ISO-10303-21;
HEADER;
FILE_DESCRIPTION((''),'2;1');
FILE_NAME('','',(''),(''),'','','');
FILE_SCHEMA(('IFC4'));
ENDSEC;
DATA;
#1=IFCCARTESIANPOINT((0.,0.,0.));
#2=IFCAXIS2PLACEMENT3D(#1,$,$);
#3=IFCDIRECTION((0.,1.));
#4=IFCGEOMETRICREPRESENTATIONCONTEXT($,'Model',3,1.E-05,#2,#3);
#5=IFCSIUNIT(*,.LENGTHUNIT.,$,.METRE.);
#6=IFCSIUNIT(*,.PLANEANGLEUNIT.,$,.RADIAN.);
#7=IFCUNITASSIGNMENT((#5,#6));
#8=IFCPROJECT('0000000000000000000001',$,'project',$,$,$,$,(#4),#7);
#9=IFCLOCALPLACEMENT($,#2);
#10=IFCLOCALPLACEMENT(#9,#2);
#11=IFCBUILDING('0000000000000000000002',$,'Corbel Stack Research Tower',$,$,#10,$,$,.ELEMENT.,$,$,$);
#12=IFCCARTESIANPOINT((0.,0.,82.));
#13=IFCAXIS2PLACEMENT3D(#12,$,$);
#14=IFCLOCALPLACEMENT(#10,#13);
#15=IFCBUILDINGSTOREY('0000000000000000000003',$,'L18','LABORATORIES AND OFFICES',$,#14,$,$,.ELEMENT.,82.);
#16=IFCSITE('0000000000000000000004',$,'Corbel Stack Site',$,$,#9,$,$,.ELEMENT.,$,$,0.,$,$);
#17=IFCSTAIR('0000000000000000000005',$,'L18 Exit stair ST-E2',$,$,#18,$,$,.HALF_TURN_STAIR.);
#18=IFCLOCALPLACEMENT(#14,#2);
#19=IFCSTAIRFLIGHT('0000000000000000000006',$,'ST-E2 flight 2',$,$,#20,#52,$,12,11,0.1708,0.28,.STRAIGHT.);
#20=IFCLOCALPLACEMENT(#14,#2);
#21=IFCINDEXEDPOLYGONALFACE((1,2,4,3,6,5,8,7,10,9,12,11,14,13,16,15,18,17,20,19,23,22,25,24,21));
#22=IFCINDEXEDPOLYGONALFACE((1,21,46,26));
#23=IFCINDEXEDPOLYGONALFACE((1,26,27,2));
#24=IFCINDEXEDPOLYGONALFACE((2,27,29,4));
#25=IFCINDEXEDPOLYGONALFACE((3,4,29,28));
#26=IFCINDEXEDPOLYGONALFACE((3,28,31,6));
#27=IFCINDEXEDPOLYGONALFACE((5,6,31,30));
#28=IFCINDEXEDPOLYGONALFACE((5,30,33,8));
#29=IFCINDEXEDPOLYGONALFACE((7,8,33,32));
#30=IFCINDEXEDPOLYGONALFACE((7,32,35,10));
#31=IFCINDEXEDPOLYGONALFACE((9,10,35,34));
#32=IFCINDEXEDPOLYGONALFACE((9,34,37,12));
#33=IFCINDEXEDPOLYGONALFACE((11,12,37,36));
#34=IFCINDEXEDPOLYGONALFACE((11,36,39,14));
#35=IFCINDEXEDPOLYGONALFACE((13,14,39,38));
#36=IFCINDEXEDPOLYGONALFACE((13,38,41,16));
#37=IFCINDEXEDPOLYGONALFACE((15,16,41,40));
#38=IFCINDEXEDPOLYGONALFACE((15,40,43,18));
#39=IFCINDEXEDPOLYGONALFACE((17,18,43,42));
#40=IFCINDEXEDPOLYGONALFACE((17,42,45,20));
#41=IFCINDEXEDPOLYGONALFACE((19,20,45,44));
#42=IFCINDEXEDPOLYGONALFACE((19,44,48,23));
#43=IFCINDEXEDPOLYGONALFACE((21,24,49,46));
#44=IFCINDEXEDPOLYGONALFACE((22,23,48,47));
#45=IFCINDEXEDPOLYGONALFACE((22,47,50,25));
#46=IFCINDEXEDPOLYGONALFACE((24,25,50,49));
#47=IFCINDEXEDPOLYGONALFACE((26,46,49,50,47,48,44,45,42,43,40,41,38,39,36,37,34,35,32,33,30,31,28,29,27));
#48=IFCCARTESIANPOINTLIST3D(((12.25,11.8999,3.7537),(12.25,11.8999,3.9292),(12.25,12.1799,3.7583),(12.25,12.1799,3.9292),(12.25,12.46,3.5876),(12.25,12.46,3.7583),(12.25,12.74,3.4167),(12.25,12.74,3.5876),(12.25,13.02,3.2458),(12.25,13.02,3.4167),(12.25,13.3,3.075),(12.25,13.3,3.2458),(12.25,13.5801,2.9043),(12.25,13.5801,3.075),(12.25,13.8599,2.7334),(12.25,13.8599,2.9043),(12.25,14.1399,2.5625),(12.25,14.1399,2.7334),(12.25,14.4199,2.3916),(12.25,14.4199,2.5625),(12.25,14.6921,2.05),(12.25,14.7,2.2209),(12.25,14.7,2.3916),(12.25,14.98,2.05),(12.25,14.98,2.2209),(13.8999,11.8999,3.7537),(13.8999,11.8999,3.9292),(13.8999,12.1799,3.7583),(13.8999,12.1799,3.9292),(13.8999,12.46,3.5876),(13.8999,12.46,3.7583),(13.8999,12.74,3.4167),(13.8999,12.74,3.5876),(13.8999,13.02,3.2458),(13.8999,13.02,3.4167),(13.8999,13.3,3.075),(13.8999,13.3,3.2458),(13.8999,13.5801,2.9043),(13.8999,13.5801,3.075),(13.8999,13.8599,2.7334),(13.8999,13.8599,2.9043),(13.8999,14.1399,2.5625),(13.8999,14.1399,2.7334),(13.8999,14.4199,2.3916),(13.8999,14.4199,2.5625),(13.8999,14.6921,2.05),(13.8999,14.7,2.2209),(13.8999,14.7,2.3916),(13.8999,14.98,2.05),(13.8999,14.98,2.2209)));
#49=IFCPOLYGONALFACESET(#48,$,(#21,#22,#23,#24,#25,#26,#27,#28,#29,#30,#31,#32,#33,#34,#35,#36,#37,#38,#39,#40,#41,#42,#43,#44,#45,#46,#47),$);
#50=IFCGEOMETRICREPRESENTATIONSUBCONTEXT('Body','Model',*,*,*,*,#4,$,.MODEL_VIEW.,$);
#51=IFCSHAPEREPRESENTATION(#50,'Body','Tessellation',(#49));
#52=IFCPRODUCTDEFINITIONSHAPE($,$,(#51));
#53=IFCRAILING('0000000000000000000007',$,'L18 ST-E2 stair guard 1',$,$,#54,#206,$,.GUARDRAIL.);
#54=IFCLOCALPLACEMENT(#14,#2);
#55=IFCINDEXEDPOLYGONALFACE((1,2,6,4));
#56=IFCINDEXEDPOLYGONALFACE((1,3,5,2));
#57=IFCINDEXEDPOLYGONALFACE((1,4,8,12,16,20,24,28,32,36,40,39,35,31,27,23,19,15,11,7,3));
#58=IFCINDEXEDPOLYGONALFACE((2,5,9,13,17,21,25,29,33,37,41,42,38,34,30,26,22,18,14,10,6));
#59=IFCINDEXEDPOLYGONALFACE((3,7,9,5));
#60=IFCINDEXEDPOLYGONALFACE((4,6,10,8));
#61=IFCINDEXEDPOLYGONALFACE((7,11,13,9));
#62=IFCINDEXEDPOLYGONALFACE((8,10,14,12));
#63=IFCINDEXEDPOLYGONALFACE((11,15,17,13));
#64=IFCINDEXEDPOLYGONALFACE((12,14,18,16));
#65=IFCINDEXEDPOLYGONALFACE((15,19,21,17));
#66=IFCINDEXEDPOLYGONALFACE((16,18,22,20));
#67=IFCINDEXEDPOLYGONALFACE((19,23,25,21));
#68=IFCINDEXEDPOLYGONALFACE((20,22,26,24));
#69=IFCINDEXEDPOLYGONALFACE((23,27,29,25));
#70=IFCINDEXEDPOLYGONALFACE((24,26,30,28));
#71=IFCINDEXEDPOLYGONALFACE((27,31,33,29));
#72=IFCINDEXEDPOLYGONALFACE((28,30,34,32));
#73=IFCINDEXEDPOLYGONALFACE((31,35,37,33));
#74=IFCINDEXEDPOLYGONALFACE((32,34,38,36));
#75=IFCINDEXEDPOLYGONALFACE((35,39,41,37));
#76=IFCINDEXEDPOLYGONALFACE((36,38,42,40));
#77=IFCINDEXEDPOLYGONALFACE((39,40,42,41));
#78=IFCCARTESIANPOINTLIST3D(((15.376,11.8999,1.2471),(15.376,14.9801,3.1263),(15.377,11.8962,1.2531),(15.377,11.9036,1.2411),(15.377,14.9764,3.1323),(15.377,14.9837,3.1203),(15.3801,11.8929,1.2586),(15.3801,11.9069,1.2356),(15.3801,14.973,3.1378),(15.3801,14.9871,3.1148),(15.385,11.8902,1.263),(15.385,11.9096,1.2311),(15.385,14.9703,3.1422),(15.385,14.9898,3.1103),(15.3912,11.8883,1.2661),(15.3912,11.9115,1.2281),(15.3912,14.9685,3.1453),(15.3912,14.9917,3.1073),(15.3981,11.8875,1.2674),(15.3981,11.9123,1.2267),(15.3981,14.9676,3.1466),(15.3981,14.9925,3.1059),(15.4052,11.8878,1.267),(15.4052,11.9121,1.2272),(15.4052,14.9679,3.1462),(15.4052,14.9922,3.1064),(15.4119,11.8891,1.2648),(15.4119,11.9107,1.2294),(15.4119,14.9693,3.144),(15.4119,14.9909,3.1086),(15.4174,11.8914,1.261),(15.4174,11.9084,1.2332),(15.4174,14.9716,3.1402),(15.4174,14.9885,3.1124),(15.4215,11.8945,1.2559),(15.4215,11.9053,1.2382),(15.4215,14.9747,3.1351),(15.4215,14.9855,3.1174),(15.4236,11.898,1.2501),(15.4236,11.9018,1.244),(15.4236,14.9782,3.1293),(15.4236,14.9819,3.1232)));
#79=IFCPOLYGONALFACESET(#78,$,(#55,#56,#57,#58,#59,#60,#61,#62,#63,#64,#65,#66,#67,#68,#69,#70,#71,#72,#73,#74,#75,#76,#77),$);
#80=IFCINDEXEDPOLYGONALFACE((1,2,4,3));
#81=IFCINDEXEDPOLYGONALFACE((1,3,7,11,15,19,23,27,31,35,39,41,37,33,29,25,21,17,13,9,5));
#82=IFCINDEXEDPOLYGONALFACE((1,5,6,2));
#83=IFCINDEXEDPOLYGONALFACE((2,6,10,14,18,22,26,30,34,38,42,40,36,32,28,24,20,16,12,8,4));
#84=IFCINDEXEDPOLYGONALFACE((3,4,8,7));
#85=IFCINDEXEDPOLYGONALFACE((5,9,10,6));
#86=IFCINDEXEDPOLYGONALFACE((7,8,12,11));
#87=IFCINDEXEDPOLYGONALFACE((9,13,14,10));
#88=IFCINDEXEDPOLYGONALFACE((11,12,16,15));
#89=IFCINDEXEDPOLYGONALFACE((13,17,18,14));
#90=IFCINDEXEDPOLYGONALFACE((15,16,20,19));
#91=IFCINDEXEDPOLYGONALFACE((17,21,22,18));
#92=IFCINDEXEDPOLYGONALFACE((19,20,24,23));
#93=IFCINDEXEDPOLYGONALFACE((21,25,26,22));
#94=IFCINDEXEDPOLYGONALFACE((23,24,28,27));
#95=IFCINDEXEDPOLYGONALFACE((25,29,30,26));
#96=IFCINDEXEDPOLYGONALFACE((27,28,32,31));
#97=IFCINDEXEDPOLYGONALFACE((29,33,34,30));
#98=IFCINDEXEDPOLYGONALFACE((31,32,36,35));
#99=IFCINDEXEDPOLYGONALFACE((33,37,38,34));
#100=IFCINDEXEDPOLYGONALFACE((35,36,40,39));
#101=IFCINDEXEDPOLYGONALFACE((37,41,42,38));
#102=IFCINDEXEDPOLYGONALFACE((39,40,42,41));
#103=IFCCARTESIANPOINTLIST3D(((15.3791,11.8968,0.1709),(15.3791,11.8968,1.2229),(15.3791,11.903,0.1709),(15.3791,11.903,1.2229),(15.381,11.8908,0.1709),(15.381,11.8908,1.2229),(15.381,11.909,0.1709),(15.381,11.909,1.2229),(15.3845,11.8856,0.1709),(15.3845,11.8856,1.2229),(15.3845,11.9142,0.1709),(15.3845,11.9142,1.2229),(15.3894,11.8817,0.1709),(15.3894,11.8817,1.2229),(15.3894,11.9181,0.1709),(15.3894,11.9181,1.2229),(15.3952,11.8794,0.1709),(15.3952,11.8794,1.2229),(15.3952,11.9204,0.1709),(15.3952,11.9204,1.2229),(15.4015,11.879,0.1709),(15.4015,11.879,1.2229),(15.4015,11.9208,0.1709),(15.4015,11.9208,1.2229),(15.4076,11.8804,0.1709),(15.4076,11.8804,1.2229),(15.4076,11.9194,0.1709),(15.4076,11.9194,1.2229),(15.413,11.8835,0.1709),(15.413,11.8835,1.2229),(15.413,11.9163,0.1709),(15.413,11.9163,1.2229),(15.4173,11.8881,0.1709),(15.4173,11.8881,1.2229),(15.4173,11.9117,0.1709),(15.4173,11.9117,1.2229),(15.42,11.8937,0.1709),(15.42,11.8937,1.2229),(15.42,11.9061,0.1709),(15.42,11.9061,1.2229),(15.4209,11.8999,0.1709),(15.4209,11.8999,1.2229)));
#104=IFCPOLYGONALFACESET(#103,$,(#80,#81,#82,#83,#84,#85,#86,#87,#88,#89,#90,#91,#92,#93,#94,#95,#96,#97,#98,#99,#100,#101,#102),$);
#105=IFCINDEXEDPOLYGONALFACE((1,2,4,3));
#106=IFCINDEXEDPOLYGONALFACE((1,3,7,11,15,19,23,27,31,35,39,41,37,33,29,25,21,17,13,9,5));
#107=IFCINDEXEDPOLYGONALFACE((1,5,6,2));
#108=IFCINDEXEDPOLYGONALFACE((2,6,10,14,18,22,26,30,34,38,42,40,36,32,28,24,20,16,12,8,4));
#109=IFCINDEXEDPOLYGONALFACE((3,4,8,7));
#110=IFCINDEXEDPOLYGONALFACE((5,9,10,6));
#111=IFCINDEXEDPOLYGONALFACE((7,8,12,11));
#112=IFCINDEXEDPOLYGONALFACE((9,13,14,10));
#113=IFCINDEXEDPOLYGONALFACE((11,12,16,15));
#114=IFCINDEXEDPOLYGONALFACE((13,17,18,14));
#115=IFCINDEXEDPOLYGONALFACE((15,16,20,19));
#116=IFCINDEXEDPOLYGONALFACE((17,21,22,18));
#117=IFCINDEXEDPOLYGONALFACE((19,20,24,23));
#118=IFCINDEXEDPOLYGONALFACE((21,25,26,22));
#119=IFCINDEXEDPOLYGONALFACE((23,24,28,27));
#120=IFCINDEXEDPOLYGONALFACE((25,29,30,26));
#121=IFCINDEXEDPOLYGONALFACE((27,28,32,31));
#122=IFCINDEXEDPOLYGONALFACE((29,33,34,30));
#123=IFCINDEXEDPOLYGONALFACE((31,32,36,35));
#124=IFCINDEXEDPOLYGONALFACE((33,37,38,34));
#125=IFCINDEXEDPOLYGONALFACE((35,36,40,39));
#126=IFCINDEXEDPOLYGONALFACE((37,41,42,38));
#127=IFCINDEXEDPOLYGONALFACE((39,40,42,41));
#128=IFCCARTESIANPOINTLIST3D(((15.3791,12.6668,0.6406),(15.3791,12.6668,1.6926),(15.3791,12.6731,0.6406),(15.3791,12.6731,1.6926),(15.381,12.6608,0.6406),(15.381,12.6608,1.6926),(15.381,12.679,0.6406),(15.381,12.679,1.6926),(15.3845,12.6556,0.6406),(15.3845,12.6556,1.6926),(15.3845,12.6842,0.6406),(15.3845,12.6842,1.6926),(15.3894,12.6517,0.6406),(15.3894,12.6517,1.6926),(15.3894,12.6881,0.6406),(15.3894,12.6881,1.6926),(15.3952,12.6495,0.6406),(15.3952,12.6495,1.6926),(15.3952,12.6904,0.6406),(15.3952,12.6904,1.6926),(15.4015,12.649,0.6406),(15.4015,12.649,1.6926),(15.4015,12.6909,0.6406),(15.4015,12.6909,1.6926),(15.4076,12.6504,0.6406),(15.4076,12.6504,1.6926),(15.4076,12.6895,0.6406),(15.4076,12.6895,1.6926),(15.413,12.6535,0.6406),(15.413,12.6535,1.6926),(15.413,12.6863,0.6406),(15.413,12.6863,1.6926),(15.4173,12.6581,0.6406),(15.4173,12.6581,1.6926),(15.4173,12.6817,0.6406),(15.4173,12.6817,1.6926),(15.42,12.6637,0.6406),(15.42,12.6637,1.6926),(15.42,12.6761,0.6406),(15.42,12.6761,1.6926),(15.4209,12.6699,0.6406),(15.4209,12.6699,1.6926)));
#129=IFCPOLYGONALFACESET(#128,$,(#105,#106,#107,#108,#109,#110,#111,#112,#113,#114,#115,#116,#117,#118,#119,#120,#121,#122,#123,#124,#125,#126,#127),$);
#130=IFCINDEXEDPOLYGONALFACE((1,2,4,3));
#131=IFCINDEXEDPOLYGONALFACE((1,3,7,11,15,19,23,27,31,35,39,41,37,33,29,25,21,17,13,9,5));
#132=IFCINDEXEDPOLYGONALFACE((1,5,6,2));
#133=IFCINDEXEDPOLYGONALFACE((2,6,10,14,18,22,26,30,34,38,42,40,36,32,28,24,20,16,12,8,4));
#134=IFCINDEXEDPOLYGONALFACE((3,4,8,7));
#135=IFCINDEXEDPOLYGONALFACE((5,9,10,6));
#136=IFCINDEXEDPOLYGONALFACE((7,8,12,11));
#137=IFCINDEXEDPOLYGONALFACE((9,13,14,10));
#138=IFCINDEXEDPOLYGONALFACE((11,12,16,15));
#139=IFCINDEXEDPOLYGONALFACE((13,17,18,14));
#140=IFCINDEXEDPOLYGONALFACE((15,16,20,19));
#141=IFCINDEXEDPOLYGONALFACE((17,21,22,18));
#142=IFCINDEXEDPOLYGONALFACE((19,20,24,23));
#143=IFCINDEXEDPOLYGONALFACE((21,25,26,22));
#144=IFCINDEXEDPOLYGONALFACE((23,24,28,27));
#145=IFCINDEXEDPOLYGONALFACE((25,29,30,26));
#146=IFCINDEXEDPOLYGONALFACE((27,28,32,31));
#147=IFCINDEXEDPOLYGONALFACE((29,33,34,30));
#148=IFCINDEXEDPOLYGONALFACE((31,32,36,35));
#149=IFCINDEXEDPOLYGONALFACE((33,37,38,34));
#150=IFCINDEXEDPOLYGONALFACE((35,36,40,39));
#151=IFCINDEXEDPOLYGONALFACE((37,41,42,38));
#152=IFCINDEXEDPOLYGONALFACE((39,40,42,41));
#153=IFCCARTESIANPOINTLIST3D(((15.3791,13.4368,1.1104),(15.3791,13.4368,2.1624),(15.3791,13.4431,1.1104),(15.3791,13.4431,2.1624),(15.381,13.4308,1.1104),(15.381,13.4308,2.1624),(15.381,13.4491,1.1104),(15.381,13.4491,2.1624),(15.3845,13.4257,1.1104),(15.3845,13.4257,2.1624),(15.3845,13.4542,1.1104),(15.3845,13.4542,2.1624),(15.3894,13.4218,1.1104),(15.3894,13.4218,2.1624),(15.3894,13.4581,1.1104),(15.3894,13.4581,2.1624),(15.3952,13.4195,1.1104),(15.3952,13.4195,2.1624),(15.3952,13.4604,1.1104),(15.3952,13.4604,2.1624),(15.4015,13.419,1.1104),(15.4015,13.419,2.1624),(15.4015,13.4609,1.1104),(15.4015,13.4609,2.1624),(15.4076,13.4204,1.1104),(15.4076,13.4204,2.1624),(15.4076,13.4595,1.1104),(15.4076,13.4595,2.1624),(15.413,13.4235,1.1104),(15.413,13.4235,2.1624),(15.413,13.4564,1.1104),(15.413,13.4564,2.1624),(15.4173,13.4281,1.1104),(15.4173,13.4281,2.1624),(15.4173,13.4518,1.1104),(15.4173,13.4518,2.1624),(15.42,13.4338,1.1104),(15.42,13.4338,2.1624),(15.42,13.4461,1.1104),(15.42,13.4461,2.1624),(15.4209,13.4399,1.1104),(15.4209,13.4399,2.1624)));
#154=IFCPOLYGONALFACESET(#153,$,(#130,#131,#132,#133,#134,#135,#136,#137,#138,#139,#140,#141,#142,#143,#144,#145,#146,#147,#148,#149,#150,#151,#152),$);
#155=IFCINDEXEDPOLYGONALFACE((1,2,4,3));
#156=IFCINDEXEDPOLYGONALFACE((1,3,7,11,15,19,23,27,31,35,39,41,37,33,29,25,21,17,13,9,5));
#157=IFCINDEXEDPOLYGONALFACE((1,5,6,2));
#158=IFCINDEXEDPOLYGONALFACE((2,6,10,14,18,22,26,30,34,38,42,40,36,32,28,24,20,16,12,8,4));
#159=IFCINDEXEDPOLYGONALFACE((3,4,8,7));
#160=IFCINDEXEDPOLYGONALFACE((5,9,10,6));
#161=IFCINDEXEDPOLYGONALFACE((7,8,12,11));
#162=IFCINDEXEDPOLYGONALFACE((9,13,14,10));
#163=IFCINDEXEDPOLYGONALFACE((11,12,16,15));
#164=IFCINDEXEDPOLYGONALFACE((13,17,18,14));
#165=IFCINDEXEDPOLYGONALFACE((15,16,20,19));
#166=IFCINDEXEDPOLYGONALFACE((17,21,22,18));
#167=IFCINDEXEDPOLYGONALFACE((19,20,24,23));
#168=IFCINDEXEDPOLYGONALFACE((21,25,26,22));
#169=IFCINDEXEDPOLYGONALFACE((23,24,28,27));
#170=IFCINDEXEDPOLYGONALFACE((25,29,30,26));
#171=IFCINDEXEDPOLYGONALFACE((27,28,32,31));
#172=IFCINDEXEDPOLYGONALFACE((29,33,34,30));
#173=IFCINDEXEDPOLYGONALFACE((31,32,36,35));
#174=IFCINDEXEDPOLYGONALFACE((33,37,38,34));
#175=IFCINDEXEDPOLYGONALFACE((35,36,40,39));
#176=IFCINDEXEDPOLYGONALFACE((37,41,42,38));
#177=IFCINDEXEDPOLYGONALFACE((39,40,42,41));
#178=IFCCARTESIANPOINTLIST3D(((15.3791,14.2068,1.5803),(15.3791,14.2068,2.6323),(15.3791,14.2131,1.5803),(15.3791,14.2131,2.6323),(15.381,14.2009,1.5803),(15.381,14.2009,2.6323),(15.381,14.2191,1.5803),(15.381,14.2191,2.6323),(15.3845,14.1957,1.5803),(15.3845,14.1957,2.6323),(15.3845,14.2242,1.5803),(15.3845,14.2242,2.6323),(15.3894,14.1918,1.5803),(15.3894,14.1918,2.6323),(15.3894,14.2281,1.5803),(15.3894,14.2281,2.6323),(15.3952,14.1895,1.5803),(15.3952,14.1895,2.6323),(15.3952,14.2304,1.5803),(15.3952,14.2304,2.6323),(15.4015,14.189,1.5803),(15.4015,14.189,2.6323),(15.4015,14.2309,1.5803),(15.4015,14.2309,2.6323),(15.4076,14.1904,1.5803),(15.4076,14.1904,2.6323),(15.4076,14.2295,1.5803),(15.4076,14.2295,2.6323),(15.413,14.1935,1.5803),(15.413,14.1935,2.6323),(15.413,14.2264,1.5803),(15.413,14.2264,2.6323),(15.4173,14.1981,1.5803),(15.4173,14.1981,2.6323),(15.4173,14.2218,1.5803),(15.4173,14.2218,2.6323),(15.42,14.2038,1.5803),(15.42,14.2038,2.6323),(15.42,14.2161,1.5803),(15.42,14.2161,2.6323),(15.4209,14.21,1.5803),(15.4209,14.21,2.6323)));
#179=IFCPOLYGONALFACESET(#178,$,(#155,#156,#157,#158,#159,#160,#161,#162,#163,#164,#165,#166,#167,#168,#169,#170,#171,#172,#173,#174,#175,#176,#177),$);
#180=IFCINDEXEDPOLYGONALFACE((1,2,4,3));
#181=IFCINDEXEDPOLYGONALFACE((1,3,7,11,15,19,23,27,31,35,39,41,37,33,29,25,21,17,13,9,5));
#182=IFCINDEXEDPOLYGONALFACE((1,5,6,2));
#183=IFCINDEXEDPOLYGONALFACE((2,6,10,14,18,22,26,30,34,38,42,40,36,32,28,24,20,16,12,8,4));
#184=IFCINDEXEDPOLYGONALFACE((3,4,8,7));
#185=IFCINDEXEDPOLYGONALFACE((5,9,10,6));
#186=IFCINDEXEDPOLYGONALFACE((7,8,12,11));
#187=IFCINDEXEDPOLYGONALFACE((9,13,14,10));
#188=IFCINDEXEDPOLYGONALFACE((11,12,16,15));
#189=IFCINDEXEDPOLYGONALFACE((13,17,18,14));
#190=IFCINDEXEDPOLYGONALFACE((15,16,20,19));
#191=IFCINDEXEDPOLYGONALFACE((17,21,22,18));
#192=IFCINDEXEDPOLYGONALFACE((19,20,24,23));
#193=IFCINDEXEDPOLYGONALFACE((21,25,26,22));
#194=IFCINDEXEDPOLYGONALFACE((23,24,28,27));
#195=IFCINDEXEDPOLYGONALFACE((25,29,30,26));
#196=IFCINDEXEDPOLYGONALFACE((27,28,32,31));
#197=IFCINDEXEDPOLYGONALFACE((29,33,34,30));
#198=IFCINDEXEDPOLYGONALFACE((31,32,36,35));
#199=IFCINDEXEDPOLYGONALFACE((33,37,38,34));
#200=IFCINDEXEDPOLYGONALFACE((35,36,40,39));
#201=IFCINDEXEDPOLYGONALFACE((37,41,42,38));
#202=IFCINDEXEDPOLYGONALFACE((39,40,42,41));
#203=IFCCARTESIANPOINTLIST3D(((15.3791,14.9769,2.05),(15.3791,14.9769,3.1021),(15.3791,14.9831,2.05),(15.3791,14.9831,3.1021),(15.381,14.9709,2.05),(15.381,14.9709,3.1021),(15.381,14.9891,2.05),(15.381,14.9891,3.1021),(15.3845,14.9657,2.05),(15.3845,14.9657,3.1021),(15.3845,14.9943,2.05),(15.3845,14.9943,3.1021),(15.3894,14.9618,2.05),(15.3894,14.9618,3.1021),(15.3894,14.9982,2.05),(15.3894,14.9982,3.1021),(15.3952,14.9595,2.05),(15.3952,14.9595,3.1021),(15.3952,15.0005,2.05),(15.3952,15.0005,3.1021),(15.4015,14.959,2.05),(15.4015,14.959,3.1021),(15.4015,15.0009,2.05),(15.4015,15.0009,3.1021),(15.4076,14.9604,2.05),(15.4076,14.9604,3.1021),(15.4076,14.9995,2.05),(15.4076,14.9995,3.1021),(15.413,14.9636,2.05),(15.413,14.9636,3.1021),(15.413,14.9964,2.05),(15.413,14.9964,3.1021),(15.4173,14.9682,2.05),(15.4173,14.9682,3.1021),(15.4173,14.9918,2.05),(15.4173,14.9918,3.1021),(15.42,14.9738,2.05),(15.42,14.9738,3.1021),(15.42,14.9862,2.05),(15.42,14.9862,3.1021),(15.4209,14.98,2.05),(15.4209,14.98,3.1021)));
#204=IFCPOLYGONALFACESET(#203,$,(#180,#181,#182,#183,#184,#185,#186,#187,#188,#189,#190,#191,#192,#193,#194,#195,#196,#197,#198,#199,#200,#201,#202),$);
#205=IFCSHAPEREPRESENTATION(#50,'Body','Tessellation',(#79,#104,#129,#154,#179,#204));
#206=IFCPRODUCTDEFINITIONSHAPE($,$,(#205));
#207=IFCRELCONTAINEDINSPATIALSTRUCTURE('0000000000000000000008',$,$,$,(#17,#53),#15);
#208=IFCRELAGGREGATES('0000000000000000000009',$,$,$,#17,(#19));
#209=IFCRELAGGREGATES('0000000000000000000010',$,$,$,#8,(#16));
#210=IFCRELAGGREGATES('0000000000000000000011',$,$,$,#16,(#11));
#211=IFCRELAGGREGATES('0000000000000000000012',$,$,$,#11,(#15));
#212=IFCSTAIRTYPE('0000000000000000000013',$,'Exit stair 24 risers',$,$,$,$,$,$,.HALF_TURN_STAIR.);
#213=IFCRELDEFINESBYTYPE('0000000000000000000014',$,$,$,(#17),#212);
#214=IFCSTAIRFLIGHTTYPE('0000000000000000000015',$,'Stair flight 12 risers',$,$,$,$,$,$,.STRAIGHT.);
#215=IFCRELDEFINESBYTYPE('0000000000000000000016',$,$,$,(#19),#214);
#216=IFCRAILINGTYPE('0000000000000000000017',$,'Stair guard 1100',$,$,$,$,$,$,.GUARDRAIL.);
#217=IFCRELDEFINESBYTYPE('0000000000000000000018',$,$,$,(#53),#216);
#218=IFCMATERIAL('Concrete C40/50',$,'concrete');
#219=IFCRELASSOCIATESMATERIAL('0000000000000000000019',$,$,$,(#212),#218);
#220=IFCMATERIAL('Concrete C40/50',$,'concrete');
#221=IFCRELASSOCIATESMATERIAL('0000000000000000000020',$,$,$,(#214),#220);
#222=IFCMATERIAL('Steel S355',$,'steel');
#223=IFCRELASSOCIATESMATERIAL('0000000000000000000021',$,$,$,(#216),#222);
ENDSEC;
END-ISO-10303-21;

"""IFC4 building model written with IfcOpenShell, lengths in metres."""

from ifc_helpers import new_model, si_unit, direction, frame, origin, origin_2d, place, context, subcontext, project, spatial, polyline, circle, outline, extrude, material, type_object, element, aggregate, save


model = new_model("IFC4")

# Units and contexts
model_context = context("Model", 3, precision=1e-05, world=origin(), true_north=direction((0.0, 1.0)))
body_context = subcontext(model_context, "Body", "Model", "MODEL_VIEW")
ifc_project = project(units=[si_unit("LENGTHUNIT", "METRE"), si_unit("PLANEANGLEUNIT", "RADIAN")], contexts=[model_context])

# Site, building, storey
site_placement = place(None, origin())
site = spatial("IfcSite", under=ifc_project, at=site_placement, Name="Corbel Stack Site", CompositionType="ELEMENT", RefElevation=0.0)
building_placement = place(site_placement, origin())
building = spatial("IfcBuilding", under=site, at=building_placement, Name="Corbel Stack Research Tower", CompositionType="ELEMENT")
storey_placement = place(building_placement, frame((0.0, 0.0, 82.0)))
storey = spatial("IfcBuildingStorey", under=building, at=storey_placement, Name="L18", Description="LABORATORIES AND OFFICES", CompositionType="ELEMENT", Elevation=82.0)

# Stair, stair flight
ifc_material_1 = material(Name="Concrete C40/50", Category="concrete")
stair_type = type_object("IfcStairType", Name="Exit stair 24 risers", PredefinedType="HALF_TURN_STAIR", material=ifc_material_1)
stair_placement = place(storey_placement, origin())
stair = element("IfcStair", 1, at=stair_placement, inside=storey, type_object=stair_type, Name="L18 Exit stair ST-E2", PredefinedType="HALF_TURN_STAIR")
ifc_material_2 = material(Name="Concrete C40/50", Category="concrete")
stair_flight_type = type_object("IfcStairFlightType", Name="Stair flight 12 risers", PredefinedType="STRAIGHT", material=ifc_material_2)
stair_flight_1_placement = place(storey_placement, frame((13.075, 14.98, 2.05), z_axis=(0.0, 0.0, 1.0), x_axis=(0.0, -1.0, 0.0)))
stair_flight_1 = element("IfcStairFlight", 2, at=stair_flight_1_placement, type_object=stair_flight_type, Name="ST-E2 flight 2", NumberOfRisers=12, NumberOfTreads=11, PredefinedType="STRAIGHT", RiserHeight=0.1708, TreadLength=0.28, context=body_context, shape_type="SweptSolid", body=[
    extrude(outline(polyline([(0.0, 0.0), (0.0, 0.1709), (0.28, 0.1709), (0.28, 0.3416), (0.5601, 0.3416), (0.5601, 0.5125), (0.8401, 0.5125), (0.8401, 0.6833), (1.1201, 0.6833), (1.1201, 0.8542), (1.3999, 0.8542), (1.3999, 1.0249), (1.6799, 1.0249), (1.6799, 1.1958), (1.96, 1.1958), (1.96, 1.3667), (2.24, 1.3667), (2.24, 1.5376), (2.52, 1.5376), (2.52, 1.7083), (2.8, 1.7083), (2.8, 1.8792), (3.0801, 1.8792), (3.0801, 2.05), (3.0801, 1.7036), (0.2878, 0.0), (0.0, 0.0)])), frame((0.0, 0.825, 0.0), z_axis=(0.0, -1.0, 0.0), x_axis=(1.0, 0.0, 0.0)), (0.0, 0.0, 1.0), 1.6499),
])
aggregate(stair, [stair_flight_1])

# Railing
ifc_material_3 = material(Name="Steel S355", Category="steel")
railing_type_1 = type_object("IfcRailingType", Name="Stair guard 1100", PredefinedType="GUARDRAIL", material=ifc_material_3)
railing_1_placement = place(storey_placement, frame((15.3999, 11.8999, 0.1709)))
element("IfcRailing", 3, at=railing_1_placement, inside=storey, type_object=railing_type_1, Name="L18 ST-E2 stair guard 1", PredefinedType="GUARDRAIL", context=body_context, shape_type="SweptSolid", body=[
    extrude(circle(Radius=0.0239, at=origin_2d()), frame((0.0, 0.0, 1.0762), z_axis=(0.0, 0.853666, 0.52082), x_axis=(-1.0, 0.0, 0.0)), (0.0, 0.0, 1.0), 3.6082),
    extrude(circle(Radius=0.021, at=origin_2d()), origin(), (0.0, 0.0, 1.0), 1.052),
    extrude(circle(Radius=0.021, at=origin_2d()), frame((0.0, 0.77, 0.4697)), (0.0, 0.0, 1.0), 1.052),
    extrude(circle(Radius=0.021, at=origin_2d()), frame((0.0, 1.54, 0.9395)), (0.0, 0.0, 1.0), 1.052),
    extrude(circle(Radius=0.021, at=origin_2d()), frame((0.0, 2.3101, 1.4094)), (0.0, 0.0, 1.0), 1.052),
    extrude(circle(Radius=0.021, at=origin_2d()), frame((0.0, 3.0801, 1.8792)), (0.0, 0.0, 1.0), 1.052),
])

save(model, "model.ifc")
